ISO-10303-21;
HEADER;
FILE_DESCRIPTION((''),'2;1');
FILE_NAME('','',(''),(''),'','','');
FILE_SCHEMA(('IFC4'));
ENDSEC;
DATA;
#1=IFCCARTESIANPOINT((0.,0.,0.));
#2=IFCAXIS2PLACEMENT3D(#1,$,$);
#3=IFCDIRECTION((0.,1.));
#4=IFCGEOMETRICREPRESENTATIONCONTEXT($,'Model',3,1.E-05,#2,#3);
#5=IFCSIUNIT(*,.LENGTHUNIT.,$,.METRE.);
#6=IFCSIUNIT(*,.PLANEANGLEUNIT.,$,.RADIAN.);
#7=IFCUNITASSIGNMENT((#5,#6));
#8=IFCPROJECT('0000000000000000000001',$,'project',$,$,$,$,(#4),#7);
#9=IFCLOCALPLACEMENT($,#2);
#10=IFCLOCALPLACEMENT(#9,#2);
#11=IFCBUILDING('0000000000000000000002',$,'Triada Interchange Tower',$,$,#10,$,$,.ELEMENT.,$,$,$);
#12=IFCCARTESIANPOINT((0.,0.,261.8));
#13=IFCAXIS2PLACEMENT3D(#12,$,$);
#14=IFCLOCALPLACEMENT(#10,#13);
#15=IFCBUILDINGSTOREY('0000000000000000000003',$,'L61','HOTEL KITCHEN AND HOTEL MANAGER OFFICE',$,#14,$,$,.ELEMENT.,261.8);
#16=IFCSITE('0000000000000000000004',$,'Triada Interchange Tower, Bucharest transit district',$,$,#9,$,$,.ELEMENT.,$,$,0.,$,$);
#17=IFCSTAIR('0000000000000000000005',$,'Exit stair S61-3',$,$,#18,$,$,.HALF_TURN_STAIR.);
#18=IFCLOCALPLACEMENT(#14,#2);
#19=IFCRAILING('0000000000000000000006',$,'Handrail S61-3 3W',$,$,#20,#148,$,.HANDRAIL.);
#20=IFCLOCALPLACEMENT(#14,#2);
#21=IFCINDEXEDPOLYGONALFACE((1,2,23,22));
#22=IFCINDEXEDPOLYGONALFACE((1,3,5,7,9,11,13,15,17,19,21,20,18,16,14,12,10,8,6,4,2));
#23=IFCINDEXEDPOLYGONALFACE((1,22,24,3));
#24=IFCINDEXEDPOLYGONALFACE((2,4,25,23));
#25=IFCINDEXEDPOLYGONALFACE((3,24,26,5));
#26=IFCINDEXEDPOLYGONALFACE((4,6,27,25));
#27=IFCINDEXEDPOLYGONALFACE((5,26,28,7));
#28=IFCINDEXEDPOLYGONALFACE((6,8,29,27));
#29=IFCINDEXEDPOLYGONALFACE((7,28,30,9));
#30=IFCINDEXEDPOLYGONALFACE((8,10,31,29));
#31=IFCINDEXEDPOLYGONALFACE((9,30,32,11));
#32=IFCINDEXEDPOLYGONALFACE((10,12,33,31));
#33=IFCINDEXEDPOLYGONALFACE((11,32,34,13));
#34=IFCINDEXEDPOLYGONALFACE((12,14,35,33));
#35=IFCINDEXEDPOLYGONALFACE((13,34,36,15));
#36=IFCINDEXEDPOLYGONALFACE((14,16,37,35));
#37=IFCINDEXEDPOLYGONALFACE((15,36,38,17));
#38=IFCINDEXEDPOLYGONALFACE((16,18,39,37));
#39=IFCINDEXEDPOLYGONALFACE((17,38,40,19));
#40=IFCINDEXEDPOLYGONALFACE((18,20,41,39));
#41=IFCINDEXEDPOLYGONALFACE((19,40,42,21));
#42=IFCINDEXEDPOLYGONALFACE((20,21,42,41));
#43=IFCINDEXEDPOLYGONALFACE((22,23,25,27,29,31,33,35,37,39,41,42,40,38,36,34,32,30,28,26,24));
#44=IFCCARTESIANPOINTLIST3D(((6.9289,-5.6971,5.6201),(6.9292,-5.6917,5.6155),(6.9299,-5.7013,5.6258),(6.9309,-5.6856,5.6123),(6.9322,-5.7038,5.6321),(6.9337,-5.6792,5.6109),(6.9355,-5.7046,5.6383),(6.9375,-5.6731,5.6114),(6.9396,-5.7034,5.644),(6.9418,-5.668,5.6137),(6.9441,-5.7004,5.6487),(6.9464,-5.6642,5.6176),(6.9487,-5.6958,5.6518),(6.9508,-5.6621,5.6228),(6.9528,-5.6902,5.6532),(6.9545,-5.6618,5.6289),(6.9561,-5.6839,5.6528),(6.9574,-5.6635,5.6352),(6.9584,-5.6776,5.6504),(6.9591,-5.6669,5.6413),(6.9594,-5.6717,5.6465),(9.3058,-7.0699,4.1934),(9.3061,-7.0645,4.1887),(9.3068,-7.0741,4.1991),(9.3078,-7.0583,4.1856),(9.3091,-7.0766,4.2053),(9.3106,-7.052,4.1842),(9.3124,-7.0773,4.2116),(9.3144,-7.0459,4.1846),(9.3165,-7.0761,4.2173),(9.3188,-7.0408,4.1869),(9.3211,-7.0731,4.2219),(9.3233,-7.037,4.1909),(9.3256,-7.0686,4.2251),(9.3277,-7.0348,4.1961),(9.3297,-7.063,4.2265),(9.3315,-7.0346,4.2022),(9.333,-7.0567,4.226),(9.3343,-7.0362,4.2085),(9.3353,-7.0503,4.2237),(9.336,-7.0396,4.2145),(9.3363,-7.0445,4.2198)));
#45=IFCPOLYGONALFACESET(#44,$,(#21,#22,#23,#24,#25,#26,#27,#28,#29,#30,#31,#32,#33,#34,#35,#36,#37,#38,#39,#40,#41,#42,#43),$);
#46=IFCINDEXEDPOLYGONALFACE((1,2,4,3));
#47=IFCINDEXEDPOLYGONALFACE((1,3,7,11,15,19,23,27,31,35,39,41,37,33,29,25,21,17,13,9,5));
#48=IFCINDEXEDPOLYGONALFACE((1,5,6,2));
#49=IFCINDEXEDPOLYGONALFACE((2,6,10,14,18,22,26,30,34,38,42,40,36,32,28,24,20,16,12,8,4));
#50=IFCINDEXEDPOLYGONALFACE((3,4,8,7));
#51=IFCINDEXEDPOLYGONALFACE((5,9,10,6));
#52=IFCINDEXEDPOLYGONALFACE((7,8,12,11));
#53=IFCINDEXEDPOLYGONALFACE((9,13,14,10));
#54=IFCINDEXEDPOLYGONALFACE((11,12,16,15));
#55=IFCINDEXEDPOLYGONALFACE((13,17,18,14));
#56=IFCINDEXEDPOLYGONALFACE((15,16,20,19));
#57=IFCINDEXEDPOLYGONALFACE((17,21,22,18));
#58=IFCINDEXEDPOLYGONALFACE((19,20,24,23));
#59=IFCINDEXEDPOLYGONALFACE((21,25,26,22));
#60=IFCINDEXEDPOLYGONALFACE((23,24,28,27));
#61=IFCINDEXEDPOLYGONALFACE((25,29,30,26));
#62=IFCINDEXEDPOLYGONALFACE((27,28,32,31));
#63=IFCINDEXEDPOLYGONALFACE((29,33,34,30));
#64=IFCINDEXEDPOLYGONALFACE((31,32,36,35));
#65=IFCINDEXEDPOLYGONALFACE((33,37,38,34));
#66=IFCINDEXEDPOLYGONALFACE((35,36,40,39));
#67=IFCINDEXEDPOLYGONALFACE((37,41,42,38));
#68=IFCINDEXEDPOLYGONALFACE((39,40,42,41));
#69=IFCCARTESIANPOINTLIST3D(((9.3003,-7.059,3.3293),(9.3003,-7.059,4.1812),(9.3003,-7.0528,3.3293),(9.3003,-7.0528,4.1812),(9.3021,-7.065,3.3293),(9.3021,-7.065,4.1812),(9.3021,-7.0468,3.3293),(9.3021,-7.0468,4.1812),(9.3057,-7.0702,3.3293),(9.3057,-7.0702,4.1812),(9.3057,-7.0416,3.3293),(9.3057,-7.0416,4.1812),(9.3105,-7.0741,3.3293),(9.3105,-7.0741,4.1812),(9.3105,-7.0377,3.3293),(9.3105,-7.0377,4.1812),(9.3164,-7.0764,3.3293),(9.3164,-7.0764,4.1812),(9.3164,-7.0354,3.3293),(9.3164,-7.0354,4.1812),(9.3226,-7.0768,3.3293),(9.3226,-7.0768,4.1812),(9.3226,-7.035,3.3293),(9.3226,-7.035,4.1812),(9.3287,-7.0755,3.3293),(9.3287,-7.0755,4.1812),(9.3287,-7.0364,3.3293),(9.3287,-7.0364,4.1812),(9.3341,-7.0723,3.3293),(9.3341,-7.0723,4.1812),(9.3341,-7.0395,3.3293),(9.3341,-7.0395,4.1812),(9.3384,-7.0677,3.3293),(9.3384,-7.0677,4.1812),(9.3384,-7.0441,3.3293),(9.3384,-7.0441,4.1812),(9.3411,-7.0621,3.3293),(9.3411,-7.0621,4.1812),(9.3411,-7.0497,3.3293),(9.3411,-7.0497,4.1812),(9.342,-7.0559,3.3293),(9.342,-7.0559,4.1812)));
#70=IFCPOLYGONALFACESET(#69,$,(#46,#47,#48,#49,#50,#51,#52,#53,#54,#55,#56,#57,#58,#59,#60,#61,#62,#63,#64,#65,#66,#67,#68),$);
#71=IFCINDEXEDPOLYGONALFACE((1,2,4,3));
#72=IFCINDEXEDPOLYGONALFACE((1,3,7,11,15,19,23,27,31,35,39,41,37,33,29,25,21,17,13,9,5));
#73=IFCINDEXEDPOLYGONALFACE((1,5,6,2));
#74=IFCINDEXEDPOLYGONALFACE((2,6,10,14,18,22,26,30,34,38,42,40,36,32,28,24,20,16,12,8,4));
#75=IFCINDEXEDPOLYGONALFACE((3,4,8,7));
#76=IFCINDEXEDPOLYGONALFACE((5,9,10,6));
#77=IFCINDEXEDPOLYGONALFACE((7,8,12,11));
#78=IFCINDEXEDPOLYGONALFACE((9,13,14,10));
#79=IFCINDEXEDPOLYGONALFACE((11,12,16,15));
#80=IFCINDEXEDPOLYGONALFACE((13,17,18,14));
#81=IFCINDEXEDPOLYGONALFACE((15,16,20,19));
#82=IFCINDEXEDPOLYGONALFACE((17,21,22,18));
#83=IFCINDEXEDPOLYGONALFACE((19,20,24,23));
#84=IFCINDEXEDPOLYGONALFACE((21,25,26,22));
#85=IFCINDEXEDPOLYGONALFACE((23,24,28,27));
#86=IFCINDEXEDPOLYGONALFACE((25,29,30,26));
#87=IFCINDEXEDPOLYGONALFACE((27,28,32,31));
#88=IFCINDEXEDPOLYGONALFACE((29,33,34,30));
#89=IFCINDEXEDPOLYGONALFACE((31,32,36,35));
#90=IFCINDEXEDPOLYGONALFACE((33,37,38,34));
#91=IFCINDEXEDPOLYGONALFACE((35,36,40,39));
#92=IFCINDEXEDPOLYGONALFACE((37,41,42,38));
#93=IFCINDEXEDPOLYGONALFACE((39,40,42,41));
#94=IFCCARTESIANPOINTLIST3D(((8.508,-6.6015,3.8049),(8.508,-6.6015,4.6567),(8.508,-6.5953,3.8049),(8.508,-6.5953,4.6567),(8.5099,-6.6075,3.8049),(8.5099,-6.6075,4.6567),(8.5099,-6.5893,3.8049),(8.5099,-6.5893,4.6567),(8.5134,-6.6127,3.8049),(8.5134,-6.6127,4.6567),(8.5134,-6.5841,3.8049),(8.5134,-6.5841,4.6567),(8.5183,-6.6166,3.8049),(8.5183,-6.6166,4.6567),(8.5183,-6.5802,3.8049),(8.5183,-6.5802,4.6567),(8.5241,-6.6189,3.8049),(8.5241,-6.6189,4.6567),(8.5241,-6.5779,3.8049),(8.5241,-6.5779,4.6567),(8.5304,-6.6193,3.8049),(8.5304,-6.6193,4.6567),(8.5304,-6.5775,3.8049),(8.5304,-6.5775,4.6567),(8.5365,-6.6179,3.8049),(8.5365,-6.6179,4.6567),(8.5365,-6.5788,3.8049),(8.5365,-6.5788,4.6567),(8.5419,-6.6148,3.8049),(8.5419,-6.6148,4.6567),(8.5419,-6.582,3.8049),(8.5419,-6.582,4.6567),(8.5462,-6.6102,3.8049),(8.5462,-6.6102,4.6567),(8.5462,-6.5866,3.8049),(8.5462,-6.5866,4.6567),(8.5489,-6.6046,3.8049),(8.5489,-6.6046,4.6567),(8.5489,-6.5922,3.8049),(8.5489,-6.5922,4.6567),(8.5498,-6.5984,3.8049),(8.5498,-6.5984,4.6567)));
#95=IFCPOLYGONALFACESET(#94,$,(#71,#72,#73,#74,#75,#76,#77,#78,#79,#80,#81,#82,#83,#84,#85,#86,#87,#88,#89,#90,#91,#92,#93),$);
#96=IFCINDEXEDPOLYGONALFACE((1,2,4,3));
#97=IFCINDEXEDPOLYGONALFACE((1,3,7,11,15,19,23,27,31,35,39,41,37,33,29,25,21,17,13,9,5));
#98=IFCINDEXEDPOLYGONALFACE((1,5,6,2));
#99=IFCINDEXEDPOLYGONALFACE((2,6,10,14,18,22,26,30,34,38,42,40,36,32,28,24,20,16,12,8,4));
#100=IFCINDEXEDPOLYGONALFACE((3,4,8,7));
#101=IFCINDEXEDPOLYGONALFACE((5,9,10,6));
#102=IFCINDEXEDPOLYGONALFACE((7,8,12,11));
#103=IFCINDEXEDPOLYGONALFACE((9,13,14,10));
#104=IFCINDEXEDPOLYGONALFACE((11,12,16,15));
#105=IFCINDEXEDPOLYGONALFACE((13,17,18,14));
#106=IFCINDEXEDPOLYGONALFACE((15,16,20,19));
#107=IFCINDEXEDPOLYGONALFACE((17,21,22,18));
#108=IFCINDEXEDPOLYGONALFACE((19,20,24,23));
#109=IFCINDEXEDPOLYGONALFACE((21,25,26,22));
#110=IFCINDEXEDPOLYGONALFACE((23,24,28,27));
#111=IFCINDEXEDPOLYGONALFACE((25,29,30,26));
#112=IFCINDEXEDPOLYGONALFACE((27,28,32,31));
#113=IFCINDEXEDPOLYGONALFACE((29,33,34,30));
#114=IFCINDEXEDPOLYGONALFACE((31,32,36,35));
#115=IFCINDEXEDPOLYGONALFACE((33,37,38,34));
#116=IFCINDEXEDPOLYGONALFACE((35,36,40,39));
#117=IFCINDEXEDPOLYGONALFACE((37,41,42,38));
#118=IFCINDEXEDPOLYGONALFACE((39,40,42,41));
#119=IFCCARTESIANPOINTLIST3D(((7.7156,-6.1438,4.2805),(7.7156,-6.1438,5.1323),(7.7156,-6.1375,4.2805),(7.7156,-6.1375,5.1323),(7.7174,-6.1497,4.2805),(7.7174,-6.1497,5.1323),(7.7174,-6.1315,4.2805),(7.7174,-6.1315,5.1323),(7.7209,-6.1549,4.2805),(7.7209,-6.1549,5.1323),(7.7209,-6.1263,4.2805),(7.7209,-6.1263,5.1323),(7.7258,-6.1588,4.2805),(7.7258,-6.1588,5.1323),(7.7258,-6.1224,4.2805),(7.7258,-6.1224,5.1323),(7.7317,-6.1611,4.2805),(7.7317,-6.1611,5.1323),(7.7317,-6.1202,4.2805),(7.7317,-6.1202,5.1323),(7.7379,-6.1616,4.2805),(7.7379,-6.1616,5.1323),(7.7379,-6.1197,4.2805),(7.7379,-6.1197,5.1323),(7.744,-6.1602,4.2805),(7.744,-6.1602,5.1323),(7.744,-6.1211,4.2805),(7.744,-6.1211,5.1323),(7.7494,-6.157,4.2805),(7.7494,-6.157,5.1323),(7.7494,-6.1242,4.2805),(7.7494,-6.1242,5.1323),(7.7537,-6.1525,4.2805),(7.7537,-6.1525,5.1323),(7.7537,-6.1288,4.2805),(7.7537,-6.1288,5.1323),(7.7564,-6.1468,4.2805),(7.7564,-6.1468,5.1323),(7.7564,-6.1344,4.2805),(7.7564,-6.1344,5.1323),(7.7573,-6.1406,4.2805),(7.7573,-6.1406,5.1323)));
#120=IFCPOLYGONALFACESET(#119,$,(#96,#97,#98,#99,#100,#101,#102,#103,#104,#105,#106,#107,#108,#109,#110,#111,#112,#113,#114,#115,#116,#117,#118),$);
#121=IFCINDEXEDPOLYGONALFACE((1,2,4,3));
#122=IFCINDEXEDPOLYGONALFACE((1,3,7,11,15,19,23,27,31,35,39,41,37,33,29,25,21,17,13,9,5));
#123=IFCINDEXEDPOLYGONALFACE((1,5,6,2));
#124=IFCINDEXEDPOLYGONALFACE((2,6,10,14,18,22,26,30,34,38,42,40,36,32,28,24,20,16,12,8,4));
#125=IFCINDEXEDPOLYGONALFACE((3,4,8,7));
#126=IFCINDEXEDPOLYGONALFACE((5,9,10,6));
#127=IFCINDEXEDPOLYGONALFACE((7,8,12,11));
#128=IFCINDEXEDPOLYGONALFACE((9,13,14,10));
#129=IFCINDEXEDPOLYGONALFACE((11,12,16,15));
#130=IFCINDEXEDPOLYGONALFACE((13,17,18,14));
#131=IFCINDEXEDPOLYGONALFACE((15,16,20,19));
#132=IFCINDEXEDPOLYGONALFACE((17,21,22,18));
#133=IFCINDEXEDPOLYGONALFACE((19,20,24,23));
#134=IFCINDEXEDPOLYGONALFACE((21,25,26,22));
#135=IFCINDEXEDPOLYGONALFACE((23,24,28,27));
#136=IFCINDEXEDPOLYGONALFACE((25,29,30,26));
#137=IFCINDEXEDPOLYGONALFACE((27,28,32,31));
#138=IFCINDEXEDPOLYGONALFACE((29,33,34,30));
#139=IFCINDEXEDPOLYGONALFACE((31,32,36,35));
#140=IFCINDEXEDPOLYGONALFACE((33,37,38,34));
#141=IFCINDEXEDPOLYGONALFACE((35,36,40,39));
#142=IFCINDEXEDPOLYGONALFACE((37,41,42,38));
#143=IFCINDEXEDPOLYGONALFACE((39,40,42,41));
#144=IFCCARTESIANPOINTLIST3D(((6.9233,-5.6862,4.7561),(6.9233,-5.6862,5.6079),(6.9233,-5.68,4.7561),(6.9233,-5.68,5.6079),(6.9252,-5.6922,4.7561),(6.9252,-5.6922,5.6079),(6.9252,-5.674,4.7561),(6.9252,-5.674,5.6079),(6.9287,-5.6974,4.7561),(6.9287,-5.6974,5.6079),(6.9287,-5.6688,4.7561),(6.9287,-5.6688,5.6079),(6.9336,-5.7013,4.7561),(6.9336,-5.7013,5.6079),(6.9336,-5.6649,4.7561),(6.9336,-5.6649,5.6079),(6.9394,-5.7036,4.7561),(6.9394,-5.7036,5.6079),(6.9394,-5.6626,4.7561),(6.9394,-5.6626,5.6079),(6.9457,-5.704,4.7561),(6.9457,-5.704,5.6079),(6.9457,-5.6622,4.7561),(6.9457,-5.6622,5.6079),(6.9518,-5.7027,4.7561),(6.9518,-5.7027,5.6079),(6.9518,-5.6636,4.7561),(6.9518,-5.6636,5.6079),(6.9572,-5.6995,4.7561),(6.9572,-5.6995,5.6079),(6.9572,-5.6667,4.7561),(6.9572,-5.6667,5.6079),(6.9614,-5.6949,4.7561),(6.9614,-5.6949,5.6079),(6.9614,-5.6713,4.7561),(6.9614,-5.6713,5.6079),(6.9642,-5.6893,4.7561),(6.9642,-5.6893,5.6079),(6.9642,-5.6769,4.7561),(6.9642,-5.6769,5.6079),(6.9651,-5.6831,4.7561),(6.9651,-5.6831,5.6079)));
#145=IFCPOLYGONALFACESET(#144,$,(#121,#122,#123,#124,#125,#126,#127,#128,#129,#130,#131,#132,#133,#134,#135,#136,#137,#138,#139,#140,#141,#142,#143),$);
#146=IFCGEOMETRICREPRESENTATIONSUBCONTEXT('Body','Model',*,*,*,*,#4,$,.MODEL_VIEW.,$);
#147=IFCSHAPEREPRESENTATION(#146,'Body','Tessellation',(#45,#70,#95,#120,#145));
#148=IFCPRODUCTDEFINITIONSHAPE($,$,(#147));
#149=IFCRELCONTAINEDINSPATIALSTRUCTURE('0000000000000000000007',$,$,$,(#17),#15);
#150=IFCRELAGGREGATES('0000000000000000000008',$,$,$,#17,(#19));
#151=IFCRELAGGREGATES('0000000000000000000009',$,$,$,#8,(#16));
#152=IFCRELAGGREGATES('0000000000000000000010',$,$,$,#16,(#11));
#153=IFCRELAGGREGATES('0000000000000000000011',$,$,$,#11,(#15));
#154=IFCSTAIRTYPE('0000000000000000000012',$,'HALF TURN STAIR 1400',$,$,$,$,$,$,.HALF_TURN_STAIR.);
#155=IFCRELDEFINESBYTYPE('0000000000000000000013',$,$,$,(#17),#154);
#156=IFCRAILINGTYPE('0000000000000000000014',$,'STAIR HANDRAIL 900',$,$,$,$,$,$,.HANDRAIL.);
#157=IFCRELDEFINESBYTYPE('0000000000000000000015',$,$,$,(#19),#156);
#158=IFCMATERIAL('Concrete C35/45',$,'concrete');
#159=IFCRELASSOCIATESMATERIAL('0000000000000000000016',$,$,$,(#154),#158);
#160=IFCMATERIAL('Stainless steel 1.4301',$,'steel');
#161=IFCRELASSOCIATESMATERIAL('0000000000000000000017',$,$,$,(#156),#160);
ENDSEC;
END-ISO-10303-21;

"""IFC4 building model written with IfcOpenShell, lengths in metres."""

from ifc_helpers import new_model, si_unit, direction, frame, origin, origin_2d, place, context, subcontext, project, spatial, circle, extrude, material, type_object, element, aggregate, save


model = new_model("IFC4")

# Units and contexts
model_context = context("Model", 3, precision=1e-05, world=origin(), true_north=direction((0.0, 1.0)))
body_context = subcontext(model_context, "Body", "Model", "MODEL_VIEW")
ifc_project = project(units=[si_unit("LENGTHUNIT", "METRE"), si_unit("PLANEANGLEUNIT", "RADIAN")], contexts=[model_context])

# Site, building, storey
site_placement = place(None, origin())
site = spatial("IfcSite", under=ifc_project, at=site_placement, Name="Triada Interchange Tower, Bucharest transit district", CompositionType="ELEMENT", RefElevation=0.0)
building_placement = place(site_placement, origin())
building = spatial("IfcBuilding", under=site, at=building_placement, Name="Triada Interchange Tower", CompositionType="ELEMENT")
storey_placement = place(building_placement, frame((0.0, 0.0, 261.8)))
storey = spatial("IfcBuildingStorey", under=building, at=storey_placement, Name="L61", Description="HOTEL KITCHEN AND HOTEL MANAGER OFFICE", CompositionType="ELEMENT", Elevation=261.8)

# Shared definitions
ifc_material_1 = material(Name="Concrete C35/45", Category="concrete")

# Stair, railing
stair_type = type_object("IfcStairType", Name="HALF TURN STAIR 1400", PredefinedType="HALF_TURN_STAIR", material=ifc_material_1)
stair_placement = place(storey_placement, origin())
stair = element("IfcStair", 1, at=stair_placement, inside=storey, type_object=stair_type, Name="Exit stair S61-3", PredefinedType="HALF_TURN_STAIR")
ifc_material_2 = material(Name="Stainless steel 1.4301", Category="steel")
railing_type_1 = type_object("IfcRailingType", Name="STAIR HANDRAIL 900", PredefinedType="HANDRAIL", material=ifc_material_2)
railing_1_placement = place(storey_placement, frame((9.321, -7.0559, 3.3293)))
railing_1 = element("IfcRailing", 2, at=railing_1_placement, type_object=railing_type_1, Name="Handrail S61-3 3W", PredefinedType="HANDRAIL", context=body_context, shape_type="SweptSolid", body=[
    extrude(circle(Radius=0.0239, at=origin_2d()), frame((0.0, 0.0, 0.876), z_axis=(-0.768355, 0.443761, 0.461202), x_axis=(-0.500128, -0.865952, 0.0)), (0.0, 0.0, 1.0), 3.0935),
    extrude(circle(Radius=0.021, at=origin_2d()), origin(), (0.0, 0.0, 1.0), 0.8518),
    extrude(circle(Radius=0.021, at=origin_2d()), frame((-0.7922, 0.4575, 0.4756)), (0.0, 0.0, 1.0), 0.8518),
    extrude(circle(Radius=0.021, at=origin_2d()), frame((-1.5847, 0.9153, 0.9512)), (0.0, 0.0, 1.0), 0.8518),
    extrude(circle(Radius=0.021, at=origin_2d()), frame((-2.377, 1.3728, 1.4268)), (0.0, 0.0, 1.0), 0.8518),
])
aggregate(stair, [railing_1])

save(model, "model.ifc")
